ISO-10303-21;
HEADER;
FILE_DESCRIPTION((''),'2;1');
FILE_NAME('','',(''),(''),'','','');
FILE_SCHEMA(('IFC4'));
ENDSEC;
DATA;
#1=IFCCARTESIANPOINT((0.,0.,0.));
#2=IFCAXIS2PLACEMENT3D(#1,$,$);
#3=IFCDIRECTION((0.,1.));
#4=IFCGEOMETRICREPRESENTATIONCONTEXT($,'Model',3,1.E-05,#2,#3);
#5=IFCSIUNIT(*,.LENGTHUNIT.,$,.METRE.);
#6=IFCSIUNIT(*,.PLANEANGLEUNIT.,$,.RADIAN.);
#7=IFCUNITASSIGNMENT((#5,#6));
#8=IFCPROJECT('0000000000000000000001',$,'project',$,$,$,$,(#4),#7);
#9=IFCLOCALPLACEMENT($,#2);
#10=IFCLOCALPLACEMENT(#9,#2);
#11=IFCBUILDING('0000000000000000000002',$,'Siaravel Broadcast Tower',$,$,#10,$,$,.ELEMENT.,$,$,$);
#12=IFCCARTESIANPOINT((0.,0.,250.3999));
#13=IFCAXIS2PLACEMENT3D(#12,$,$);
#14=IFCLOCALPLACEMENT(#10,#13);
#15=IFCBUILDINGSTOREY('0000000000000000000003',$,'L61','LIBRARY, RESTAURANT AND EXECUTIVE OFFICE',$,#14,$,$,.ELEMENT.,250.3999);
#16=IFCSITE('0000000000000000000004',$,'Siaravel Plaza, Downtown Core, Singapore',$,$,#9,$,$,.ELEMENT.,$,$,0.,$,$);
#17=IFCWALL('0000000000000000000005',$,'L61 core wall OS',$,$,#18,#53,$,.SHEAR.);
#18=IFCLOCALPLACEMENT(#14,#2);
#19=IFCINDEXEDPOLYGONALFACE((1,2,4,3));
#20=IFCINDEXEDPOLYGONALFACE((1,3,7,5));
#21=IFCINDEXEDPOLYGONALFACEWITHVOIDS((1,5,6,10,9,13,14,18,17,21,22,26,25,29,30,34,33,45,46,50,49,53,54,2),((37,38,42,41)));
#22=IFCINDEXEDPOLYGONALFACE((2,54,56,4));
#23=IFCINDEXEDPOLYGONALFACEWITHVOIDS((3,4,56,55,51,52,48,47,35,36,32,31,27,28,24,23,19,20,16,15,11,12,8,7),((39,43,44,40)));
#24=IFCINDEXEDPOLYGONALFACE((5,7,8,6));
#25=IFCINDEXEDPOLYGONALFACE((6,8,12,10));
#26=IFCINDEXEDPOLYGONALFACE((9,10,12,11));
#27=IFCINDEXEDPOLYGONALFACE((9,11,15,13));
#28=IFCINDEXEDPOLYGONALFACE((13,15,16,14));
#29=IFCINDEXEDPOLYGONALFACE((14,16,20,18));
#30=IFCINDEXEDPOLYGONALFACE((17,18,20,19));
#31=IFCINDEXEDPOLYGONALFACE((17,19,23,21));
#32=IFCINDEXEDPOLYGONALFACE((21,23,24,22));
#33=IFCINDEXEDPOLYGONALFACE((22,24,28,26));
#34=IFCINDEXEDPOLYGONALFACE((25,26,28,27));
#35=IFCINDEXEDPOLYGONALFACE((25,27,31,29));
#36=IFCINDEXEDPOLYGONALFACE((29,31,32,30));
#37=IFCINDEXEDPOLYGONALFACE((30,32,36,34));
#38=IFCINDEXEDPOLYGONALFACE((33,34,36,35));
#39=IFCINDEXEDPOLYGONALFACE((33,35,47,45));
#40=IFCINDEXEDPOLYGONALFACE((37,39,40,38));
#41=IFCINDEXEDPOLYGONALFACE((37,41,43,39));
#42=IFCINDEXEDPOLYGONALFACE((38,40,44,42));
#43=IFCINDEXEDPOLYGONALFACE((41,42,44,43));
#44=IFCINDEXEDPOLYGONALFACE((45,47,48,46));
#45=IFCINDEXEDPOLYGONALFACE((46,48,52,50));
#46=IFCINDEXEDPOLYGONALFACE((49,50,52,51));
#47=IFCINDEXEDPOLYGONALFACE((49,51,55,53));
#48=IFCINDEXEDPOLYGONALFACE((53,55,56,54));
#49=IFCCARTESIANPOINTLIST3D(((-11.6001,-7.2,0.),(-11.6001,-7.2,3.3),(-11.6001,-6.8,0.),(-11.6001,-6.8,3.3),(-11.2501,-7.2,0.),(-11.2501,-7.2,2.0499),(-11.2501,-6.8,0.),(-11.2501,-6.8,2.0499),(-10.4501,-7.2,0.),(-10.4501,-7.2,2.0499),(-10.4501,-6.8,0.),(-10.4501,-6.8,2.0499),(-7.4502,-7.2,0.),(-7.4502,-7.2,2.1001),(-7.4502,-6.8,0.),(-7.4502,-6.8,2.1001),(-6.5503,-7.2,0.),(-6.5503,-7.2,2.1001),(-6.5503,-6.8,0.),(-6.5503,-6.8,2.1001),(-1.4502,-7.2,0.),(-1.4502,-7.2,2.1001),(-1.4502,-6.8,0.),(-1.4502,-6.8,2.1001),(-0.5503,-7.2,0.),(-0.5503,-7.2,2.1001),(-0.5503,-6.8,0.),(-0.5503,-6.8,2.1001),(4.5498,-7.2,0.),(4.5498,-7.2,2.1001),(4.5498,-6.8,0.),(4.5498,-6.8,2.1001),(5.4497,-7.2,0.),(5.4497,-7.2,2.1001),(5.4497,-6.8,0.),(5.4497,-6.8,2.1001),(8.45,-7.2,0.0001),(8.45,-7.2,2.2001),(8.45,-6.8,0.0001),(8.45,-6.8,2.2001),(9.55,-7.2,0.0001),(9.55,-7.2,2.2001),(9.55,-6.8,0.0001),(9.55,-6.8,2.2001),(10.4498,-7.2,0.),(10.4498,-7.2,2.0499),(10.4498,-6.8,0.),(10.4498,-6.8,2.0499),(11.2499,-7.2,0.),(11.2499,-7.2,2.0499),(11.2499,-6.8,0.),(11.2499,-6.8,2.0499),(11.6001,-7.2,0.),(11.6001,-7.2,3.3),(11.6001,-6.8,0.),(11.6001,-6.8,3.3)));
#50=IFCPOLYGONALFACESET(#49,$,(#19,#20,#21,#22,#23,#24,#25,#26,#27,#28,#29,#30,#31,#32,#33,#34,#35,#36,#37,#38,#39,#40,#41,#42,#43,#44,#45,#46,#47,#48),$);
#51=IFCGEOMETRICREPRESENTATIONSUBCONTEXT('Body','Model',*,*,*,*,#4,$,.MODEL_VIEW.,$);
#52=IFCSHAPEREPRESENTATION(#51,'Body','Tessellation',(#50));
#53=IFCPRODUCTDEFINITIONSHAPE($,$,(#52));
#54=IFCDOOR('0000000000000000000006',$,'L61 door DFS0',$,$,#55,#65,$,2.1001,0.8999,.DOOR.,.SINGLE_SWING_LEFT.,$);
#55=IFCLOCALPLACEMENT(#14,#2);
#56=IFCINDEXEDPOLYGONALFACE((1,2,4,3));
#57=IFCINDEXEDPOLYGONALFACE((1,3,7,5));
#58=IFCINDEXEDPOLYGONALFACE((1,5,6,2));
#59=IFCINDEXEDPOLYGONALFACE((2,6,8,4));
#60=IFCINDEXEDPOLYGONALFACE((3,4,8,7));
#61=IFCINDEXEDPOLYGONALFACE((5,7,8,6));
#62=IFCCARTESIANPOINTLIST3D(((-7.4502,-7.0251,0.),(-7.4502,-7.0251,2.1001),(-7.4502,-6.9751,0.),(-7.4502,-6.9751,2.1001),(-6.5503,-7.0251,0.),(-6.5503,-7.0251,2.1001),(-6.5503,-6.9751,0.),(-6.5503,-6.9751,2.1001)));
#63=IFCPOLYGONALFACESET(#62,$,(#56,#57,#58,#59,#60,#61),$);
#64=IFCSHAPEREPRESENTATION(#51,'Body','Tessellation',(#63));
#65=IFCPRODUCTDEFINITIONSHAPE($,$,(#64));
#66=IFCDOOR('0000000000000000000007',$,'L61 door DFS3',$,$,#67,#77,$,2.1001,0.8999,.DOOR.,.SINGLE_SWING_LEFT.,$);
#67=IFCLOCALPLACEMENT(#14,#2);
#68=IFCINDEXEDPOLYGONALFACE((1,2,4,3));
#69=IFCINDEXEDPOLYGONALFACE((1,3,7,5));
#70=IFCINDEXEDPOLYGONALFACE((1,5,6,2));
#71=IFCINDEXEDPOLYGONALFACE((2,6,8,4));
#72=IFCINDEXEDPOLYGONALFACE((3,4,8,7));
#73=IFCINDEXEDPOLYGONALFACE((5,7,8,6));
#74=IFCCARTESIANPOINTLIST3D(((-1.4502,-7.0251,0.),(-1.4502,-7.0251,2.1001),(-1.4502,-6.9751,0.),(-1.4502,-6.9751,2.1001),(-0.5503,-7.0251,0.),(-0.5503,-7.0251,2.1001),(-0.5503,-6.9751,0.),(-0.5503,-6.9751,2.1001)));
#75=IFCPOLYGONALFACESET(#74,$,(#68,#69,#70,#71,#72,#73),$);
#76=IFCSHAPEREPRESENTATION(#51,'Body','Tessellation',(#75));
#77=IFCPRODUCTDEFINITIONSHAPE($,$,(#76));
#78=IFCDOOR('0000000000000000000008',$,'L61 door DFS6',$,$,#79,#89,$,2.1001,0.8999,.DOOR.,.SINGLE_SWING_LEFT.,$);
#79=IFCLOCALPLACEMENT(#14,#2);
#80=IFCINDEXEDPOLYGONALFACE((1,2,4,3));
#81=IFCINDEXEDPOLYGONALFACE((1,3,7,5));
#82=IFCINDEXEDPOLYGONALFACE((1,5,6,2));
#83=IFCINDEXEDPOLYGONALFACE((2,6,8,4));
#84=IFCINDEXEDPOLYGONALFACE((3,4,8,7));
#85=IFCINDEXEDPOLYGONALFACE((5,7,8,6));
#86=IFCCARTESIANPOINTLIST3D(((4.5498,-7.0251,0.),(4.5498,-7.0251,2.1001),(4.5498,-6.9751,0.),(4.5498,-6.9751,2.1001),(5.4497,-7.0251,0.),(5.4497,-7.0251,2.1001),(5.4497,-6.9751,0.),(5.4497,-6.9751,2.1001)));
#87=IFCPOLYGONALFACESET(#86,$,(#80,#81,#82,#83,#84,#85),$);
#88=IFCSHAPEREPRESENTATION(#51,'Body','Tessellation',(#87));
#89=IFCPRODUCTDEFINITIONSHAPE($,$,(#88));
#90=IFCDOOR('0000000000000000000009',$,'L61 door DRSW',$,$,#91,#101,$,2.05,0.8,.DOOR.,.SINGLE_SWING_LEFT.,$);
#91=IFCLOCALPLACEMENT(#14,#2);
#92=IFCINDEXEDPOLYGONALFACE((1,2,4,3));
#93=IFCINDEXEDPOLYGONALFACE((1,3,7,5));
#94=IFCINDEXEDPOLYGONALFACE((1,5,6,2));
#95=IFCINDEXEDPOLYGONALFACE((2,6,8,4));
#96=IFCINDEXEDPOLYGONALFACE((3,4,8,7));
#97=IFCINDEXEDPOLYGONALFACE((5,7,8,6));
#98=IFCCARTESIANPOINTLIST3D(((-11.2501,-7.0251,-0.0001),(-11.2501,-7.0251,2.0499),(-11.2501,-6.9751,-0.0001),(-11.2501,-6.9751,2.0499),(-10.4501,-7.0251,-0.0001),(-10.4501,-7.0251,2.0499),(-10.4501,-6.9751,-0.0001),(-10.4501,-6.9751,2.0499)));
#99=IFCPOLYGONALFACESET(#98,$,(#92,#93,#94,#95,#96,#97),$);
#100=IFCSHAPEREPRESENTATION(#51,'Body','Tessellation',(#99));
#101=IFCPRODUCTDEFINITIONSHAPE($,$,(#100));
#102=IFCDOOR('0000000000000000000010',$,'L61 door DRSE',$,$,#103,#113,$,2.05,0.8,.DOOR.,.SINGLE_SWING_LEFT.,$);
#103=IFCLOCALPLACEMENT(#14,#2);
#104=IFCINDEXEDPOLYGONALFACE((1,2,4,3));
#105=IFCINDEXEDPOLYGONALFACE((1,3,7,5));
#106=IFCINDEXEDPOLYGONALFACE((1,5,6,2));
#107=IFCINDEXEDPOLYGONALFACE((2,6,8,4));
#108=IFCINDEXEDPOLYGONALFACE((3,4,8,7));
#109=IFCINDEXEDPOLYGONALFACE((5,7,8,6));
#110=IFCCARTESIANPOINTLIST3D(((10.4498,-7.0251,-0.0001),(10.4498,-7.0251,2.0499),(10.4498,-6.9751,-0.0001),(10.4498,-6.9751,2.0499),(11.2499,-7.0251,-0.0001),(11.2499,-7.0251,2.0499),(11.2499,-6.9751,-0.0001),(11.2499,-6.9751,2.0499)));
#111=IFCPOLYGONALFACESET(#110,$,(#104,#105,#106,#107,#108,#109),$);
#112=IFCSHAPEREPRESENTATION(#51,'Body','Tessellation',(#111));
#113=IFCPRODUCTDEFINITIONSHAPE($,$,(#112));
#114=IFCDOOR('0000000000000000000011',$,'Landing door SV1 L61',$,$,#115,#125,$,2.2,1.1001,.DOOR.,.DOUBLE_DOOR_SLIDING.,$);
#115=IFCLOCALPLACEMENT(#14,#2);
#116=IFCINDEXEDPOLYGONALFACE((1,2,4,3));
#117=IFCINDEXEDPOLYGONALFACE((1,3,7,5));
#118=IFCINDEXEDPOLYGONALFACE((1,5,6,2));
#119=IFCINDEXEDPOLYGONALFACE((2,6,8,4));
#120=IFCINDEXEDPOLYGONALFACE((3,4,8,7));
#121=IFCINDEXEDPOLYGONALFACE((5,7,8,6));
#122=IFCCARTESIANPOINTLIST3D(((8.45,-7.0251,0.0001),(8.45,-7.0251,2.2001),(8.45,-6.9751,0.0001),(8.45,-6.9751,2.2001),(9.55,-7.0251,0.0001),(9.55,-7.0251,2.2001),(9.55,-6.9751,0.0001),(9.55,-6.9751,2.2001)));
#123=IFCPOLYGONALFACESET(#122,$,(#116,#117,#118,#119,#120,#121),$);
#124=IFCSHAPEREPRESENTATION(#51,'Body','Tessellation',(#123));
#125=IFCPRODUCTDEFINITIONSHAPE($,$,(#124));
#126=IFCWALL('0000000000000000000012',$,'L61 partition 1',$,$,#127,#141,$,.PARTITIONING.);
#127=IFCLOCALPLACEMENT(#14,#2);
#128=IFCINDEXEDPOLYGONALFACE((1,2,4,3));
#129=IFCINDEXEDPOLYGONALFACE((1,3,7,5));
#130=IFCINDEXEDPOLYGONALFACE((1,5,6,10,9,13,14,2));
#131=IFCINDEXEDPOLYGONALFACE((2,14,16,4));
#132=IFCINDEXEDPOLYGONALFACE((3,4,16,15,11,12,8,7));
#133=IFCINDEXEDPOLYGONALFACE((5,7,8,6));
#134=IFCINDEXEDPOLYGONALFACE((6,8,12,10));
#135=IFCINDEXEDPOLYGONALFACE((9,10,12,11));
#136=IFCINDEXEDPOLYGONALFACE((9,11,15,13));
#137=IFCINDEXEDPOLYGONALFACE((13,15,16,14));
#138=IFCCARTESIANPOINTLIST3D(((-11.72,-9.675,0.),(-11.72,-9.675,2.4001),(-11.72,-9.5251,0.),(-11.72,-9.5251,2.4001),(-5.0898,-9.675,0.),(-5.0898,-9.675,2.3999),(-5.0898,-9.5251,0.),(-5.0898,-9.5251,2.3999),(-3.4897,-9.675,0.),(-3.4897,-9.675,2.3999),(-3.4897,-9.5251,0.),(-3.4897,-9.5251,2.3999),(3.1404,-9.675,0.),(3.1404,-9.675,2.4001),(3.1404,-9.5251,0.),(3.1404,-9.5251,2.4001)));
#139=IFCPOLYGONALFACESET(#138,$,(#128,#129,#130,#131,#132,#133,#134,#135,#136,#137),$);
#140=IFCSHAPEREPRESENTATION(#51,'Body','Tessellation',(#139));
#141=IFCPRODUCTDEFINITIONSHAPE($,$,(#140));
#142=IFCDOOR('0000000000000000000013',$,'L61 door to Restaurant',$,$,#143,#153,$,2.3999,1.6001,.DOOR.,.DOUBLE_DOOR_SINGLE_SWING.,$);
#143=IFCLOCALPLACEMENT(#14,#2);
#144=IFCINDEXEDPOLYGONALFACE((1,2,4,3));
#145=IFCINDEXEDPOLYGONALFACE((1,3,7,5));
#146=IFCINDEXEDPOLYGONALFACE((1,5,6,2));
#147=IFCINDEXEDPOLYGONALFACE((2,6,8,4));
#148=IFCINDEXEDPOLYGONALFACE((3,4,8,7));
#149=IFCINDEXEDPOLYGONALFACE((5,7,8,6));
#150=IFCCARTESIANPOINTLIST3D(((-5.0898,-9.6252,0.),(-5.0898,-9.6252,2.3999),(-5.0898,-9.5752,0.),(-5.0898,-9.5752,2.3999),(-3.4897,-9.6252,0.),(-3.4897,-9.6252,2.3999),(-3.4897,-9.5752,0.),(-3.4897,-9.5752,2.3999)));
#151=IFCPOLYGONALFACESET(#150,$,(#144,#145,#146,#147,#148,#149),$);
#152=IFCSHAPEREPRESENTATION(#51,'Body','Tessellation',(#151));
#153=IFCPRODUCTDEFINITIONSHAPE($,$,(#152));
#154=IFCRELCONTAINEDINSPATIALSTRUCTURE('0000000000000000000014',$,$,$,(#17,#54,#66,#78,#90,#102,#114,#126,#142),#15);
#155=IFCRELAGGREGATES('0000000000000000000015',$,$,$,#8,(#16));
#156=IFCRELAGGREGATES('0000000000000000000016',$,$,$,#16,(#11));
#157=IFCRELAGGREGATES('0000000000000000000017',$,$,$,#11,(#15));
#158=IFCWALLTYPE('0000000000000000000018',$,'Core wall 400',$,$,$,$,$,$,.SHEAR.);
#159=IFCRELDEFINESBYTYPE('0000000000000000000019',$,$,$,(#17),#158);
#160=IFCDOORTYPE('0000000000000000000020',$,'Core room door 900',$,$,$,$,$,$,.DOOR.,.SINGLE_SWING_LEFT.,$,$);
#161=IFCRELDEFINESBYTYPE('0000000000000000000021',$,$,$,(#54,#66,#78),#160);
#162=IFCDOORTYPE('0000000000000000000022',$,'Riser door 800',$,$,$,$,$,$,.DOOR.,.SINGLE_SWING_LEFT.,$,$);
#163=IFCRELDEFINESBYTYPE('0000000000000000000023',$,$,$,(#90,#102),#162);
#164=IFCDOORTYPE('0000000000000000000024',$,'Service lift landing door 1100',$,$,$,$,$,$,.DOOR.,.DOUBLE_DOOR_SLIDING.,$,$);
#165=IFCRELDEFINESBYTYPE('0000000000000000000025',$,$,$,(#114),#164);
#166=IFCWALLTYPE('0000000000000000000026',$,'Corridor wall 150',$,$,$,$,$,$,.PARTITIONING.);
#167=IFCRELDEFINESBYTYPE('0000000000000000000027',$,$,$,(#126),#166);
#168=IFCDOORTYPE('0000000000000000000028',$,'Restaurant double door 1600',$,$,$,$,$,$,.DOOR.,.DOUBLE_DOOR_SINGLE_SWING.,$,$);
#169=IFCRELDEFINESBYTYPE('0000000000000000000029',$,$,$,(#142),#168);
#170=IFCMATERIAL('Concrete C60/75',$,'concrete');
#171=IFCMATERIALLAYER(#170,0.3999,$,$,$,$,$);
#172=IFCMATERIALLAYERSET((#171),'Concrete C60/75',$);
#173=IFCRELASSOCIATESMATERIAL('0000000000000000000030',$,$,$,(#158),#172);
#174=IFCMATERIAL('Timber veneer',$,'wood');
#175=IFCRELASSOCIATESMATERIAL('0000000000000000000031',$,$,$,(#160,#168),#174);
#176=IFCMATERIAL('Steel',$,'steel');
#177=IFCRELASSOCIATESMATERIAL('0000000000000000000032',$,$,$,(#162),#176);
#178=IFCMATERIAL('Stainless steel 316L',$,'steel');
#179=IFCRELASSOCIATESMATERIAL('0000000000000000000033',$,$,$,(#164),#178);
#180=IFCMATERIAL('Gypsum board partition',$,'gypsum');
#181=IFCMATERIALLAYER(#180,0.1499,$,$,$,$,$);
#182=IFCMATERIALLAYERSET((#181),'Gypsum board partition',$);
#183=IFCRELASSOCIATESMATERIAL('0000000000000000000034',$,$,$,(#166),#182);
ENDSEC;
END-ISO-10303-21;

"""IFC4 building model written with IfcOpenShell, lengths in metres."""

from ifc_helpers import new_model, si_unit, direction, frame, frame_2d, origin, place, context, subcontext, project, spatial, rectangle, extrude, material, layer, layer_set, type_object, element, fill, save


model = new_model("IFC4")

# Units and contexts
model_context = context("Model", 3, precision=1e-05, world=origin(), true_north=direction((0.0, 1.0)))
body_context = subcontext(model_context, "Body", "Model", "MODEL_VIEW")
ifc_project = project(units=[si_unit("LENGTHUNIT", "METRE"), si_unit("PLANEANGLEUNIT", "RADIAN")], contexts=[model_context])

# Site, building, storey
site_placement = place(None, origin())
site = spatial("IfcSite", under=ifc_project, at=site_placement, Name="Siaravel Plaza, Downtown Core, Singapore", CompositionType="ELEMENT", RefElevation=0.0)
building_placement = place(site_placement, origin())
building = spatial("IfcBuilding", under=site, at=building_placement, Name="Siaravel Broadcast Tower", CompositionType="ELEMENT")
storey_placement = place(building_placement, frame((0.0, 0.0, 250.3999)))
storey = spatial("IfcBuildingStorey", under=building, at=storey_placement, Name="L61", Description="LIBRARY, RESTAURANT AND EXECUTIVE OFFICE", CompositionType="ELEMENT", Elevation=250.3999)

# Shared definitions
ifc_material_1 = material(Name="Concrete C60/75", Category="concrete")
ifc_layer_1 = layer(ifc_material_1, 0.3999)
ifc_layer_set_1 = layer_set([ifc_layer_1], Name="Concrete C60/75")
wall_type_1 = type_object("IfcWallType", Name="Core wall 400", PredefinedType="SHEAR", material=ifc_layer_set_1)
ifc_material_2 = material(Name="Steel", Category="steel")

# Wall, openings, doors
wall_1_placement = place(storey_placement, frame((-11.6001, -7.0, 0.0), z_axis=(0.0, 0.0, 1.0), x_axis=(1.0, 0.0, 0.0)))
wall_1 = element("IfcWall", 1, at=wall_1_placement, inside=storey, type_object=wall_type_1, Name="L61 core wall OS", PredefinedType="SHEAR", context=body_context, shape_type="SweptSolid", body=[
    extrude(rectangle(XDim=23.2002, YDim=0.3999, at=frame_2d((11.6001, 0.0))), origin(), (0.0, 0.0, 1.0), 3.3),
])
opening_1_placement = place(wall_1_placement, frame((20.05, 0.0, 0.0)))
opening_1 = element("IfcOpeningElement", 2, at=opening_1_placement, cuts=wall_1, PredefinedType="OPENING", context=body_context, shape_type="SweptSolid", body=[
    extrude(rectangle(XDim=1.1001, YDim=2.2, at=frame_2d((0.55, 1.1001))), frame((0.0, 0.21, 0.0), z_axis=(0.0, -1.0, 0.0), x_axis=(1.0, 0.0, 0.0)), (0.0, 0.0, 1.0), 0.4199),
])
opening_2_placement = place(wall_1_placement, frame((4.1499, 0.0, 0.0)))
opening_2 = element("IfcOpeningElement", 3, at=opening_2_placement, cuts=wall_1, PredefinedType="OPENING", context=body_context, shape_type="SweptSolid", body=[
    extrude(rectangle(XDim=0.8999, YDim=2.1001, at=frame_2d((0.45, 1.05))), frame((0.0, 0.21, 0.0), z_axis=(0.0, -1.0, 0.0), x_axis=(1.0, 0.0, 0.0)), (0.0, 0.0, 1.0), 0.4199),
])
opening_3_placement = place(wall_1_placement, frame((10.1499, 0.0, 0.0)))
opening_3 = element("IfcOpeningElement", 4, at=opening_3_placement, cuts=wall_1, PredefinedType="OPENING", context=body_context, shape_type="SweptSolid", body=[
    extrude(rectangle(XDim=0.8999, YDim=2.1001, at=frame_2d((0.45, 1.05))), frame((0.0, 0.21, 0.0), z_axis=(0.0, -1.0, 0.0), x_axis=(1.0, 0.0, 0.0)), (0.0, 0.0, 1.0), 0.4199),
])
opening_4_placement = place(wall_1_placement, frame((16.1499, 0.0, 0.0)))
opening_4 = element("IfcOpeningElement", 5, at=opening_4_placement, cuts=wall_1, PredefinedType="OPENING", context=body_context, shape_type="SweptSolid", body=[
    extrude(rectangle(XDim=0.8999, YDim=2.1001, at=frame_2d((0.45, 1.05))), frame((0.0, 0.21, 0.0), z_axis=(0.0, -1.0, 0.0), x_axis=(1.0, 0.0, 0.0)), (0.0, 0.0, 1.0), 0.4199),
])
opening_5_placement = place(wall_1_placement, frame((0.3501, 0.0, 0.0)))
opening_5 = element("IfcOpeningElement", 6, at=opening_5_placement, cuts=wall_1, PredefinedType="OPENING", context=body_context, shape_type="SweptSolid", body=[
    extrude(rectangle(XDim=0.8, YDim=2.05, at=frame_2d((0.3999, 1.0249))), frame((0.0, 0.21, 0.0), z_axis=(0.0, -1.0, 0.0), x_axis=(1.0, 0.0, 0.0)), (0.0, 0.0, 1.0), 0.4199),
])
opening_6_placement = place(wall_1_placement, frame((22.05, 0.0, 0.0)))
opening_6 = element("IfcOpeningElement", 7, at=opening_6_placement, cuts=wall_1, PredefinedType="OPENING", context=body_context, shape_type="SweptSolid", body=[
    extrude(rectangle(XDim=0.8, YDim=2.05, at=frame_2d((0.3999, 1.0249))), frame((0.0, 0.21, 0.0), z_axis=(0.0, -1.0, 0.0), x_axis=(1.0, 0.0, 0.0)), (0.0, 0.0, 1.0), 0.4199),
])
ifc_material_3 = material(Name="Timber veneer", Category="wood")
door_type_1 = type_object("IfcDoorType", Name="Core room door 900", OperationType="SINGLE_SWING_LEFT", PredefinedType="DOOR", material=ifc_material_3)
door_1_placement = place(opening_2_placement, origin())
door_1 = element("IfcDoor", 8, at=door_1_placement, inside=storey, type_object=door_type_1, Name="L61 door DFS0", OperationType="SINGLE_SWING_LEFT", OverallHeight=2.1001, OverallWidth=0.8999, PredefinedType="DOOR", context=body_context, shape_type="SweptSolid", body=[
    extrude(rectangle(XDim=0.8999, YDim=2.1001, at=frame_2d((0.45, 1.05))), frame((0.0, 0.0249, 0.0), z_axis=(0.0, -1.0, 0.0), x_axis=(1.0, 0.0, 0.0)), (0.0, 0.0, 1.0), 0.05),
])
fill(opening_2, door_1)
door_2_placement = place(opening_3_placement, origin())
door_2 = element("IfcDoor", 9, at=door_2_placement, inside=storey, type_object=door_type_1, Name="L61 door DFS3", OperationType="SINGLE_SWING_LEFT", OverallHeight=2.1001, OverallWidth=0.8999, PredefinedType="DOOR", context=body_context, shape_type="SweptSolid", body=[
    extrude(rectangle(XDim=0.8999, YDim=2.1001, at=frame_2d((0.45, 1.05))), frame((0.0, 0.0249, 0.0), z_axis=(0.0, -1.0, 0.0), x_axis=(1.0, 0.0, 0.0)), (0.0, 0.0, 1.0), 0.05),
])
fill(opening_3, door_2)
door_3_placement = place(opening_4_placement, origin())
door_3 = element("IfcDoor", 10, at=door_3_placement, inside=storey, type_object=door_type_1, Name="L61 door DFS6", OperationType="SINGLE_SWING_LEFT", OverallHeight=2.1001, OverallWidth=0.8999, PredefinedType="DOOR", context=body_context, shape_type="SweptSolid", body=[
    extrude(rectangle(XDim=0.8999, YDim=2.1001, at=frame_2d((0.45, 1.05))), frame((0.0, 0.0249, 0.0), z_axis=(0.0, -1.0, 0.0), x_axis=(1.0, 0.0, 0.0)), (0.0, 0.0, 1.0), 0.05),
])
fill(opening_4, door_3)
door_type_2 = type_object("IfcDoorType", Name="Riser door 800", OperationType="SINGLE_SWING_LEFT", PredefinedType="DOOR", material=ifc_material_2)
door_4_placement = place(opening_5_placement, origin())
door_4 = element("IfcDoor", 11, at=door_4_placement, inside=storey, type_object=door_type_2, Name="L61 door DRSW", OperationType="SINGLE_SWING_LEFT", OverallHeight=2.05, OverallWidth=0.8, PredefinedType="DOOR", context=body_context, shape_type="SweptSolid", body=[
    extrude(rectangle(XDim=0.8, YDim=2.05, at=frame_2d((0.3999, 1.0249))), frame((0.0, 0.0249, 0.0), z_axis=(0.0, -1.0, 0.0), x_axis=(1.0, 0.0, 0.0)), (0.0, 0.0, 1.0), 0.05),
])
fill(opening_5, door_4)
door_5_placement = place(opening_6_placement, origin())
door_5 = element("IfcDoor", 12, at=door_5_placement, inside=storey, type_object=door_type_2, Name="L61 door DRSE", OperationType="SINGLE_SWING_LEFT", OverallHeight=2.05, OverallWidth=0.8, PredefinedType="DOOR", context=body_context, shape_type="SweptSolid", body=[
    extrude(rectangle(XDim=0.8, YDim=2.05, at=frame_2d((0.3999, 1.0249))), frame((0.0, 0.0249, 0.0), z_axis=(0.0, -1.0, 0.0), x_axis=(1.0, 0.0, 0.0)), (0.0, 0.0, 1.0), 0.05),
])
fill(opening_6, door_5)
ifc_material_4 = material(Name="Stainless steel 316L", Category="steel")
door_type_3 = type_object("IfcDoorType", Name="Service lift landing door 1100", OperationType="DOUBLE_DOOR_SLIDING", PredefinedType="DOOR", material=ifc_material_4)
door_6_placement = place(opening_1_placement, origin())
door_6 = element("IfcDoor", 13, at=door_6_placement, inside=storey, type_object=door_type_3, Name="Landing door SV1 L61", OperationType="DOUBLE_DOOR_SLIDING", OverallHeight=2.2, OverallWidth=1.1001, PredefinedType="DOOR", context=body_context, shape_type="SweptSolid", body=[
    extrude(rectangle(XDim=1.1001, YDim=2.2, at=frame_2d((0.55, 1.1001))), frame((0.0, 0.0249, 0.0), z_axis=(0.0, -1.0, 0.0), x_axis=(1.0, 0.0, 0.0)), (0.0, 0.0, 1.0), 0.05),
])
fill(opening_1, door_6)

# Wall, opening, door
ifc_material_5 = material(Name="Gypsum board partition", Category="gypsum")
ifc_layer_2 = layer(ifc_material_5, 0.1499)
ifc_layer_set_2 = layer_set([ifc_layer_2], Name="Gypsum board partition")
wall_type_2 = type_object("IfcWallType", Name="Corridor wall 150", PredefinedType="PARTITIONING", material=ifc_layer_set_2)
wall_2_placement = place(storey_placement, frame((-11.72, -9.6001, 0.0), z_axis=(0.0, 0.0, 1.0), x_axis=(1.0, 0.0, 0.0)))
wall_2 = element("IfcWall", 14, at=wall_2_placement, inside=storey, type_object=wall_type_2, Name="L61 partition 1", PredefinedType="PARTITIONING", context=body_context, shape_type="SweptSolid", body=[
    extrude(rectangle(XDim=14.8604, YDim=0.1499, at=frame_2d((7.4302, 0.0))), origin(), (0.0, 0.0, 1.0), 2.4001),
])
opening_7_placement = place(wall_2_placement, frame((6.6301, 0.0, 0.0)))
opening_7 = element("IfcOpeningElement", 15, at=opening_7_placement, cuts=wall_2, PredefinedType="OPENING", context=body_context, shape_type="SweptSolid", body=[
    extrude(rectangle(XDim=1.6001, YDim=2.3999, at=frame_2d((0.8, 1.2))), frame((0.0, 0.085, 0.0), z_axis=(0.0, -1.0, 0.0), x_axis=(1.0, 0.0, 0.0)), (0.0, 0.0, 1.0), 0.1699),
])
door_type_4 = type_object("IfcDoorType", Name="Restaurant double door 1600", OperationType="DOUBLE_DOOR_SINGLE_SWING", PredefinedType="DOOR", material=ifc_material_3)
door_7_placement = place(opening_7_placement, origin())
door_7 = element("IfcDoor", 16, at=door_7_placement, inside=storey, type_object=door_type_4, Name="L61 door to Restaurant", OperationType="DOUBLE_DOOR_SINGLE_SWING", OverallHeight=2.3999, OverallWidth=1.6001, PredefinedType="DOOR", context=body_context, shape_type="SweptSolid", body=[
    extrude(rectangle(XDim=1.6001, YDim=2.3999, at=frame_2d((0.8, 1.2))), frame((0.0, 0.0249, 0.0), z_axis=(0.0, -1.0, 0.0), x_axis=(1.0, 0.0, 0.0)), (0.0, 0.0, 1.0), 0.05),
])
fill(opening_7, door_7)

save(model, "model.ifc")
